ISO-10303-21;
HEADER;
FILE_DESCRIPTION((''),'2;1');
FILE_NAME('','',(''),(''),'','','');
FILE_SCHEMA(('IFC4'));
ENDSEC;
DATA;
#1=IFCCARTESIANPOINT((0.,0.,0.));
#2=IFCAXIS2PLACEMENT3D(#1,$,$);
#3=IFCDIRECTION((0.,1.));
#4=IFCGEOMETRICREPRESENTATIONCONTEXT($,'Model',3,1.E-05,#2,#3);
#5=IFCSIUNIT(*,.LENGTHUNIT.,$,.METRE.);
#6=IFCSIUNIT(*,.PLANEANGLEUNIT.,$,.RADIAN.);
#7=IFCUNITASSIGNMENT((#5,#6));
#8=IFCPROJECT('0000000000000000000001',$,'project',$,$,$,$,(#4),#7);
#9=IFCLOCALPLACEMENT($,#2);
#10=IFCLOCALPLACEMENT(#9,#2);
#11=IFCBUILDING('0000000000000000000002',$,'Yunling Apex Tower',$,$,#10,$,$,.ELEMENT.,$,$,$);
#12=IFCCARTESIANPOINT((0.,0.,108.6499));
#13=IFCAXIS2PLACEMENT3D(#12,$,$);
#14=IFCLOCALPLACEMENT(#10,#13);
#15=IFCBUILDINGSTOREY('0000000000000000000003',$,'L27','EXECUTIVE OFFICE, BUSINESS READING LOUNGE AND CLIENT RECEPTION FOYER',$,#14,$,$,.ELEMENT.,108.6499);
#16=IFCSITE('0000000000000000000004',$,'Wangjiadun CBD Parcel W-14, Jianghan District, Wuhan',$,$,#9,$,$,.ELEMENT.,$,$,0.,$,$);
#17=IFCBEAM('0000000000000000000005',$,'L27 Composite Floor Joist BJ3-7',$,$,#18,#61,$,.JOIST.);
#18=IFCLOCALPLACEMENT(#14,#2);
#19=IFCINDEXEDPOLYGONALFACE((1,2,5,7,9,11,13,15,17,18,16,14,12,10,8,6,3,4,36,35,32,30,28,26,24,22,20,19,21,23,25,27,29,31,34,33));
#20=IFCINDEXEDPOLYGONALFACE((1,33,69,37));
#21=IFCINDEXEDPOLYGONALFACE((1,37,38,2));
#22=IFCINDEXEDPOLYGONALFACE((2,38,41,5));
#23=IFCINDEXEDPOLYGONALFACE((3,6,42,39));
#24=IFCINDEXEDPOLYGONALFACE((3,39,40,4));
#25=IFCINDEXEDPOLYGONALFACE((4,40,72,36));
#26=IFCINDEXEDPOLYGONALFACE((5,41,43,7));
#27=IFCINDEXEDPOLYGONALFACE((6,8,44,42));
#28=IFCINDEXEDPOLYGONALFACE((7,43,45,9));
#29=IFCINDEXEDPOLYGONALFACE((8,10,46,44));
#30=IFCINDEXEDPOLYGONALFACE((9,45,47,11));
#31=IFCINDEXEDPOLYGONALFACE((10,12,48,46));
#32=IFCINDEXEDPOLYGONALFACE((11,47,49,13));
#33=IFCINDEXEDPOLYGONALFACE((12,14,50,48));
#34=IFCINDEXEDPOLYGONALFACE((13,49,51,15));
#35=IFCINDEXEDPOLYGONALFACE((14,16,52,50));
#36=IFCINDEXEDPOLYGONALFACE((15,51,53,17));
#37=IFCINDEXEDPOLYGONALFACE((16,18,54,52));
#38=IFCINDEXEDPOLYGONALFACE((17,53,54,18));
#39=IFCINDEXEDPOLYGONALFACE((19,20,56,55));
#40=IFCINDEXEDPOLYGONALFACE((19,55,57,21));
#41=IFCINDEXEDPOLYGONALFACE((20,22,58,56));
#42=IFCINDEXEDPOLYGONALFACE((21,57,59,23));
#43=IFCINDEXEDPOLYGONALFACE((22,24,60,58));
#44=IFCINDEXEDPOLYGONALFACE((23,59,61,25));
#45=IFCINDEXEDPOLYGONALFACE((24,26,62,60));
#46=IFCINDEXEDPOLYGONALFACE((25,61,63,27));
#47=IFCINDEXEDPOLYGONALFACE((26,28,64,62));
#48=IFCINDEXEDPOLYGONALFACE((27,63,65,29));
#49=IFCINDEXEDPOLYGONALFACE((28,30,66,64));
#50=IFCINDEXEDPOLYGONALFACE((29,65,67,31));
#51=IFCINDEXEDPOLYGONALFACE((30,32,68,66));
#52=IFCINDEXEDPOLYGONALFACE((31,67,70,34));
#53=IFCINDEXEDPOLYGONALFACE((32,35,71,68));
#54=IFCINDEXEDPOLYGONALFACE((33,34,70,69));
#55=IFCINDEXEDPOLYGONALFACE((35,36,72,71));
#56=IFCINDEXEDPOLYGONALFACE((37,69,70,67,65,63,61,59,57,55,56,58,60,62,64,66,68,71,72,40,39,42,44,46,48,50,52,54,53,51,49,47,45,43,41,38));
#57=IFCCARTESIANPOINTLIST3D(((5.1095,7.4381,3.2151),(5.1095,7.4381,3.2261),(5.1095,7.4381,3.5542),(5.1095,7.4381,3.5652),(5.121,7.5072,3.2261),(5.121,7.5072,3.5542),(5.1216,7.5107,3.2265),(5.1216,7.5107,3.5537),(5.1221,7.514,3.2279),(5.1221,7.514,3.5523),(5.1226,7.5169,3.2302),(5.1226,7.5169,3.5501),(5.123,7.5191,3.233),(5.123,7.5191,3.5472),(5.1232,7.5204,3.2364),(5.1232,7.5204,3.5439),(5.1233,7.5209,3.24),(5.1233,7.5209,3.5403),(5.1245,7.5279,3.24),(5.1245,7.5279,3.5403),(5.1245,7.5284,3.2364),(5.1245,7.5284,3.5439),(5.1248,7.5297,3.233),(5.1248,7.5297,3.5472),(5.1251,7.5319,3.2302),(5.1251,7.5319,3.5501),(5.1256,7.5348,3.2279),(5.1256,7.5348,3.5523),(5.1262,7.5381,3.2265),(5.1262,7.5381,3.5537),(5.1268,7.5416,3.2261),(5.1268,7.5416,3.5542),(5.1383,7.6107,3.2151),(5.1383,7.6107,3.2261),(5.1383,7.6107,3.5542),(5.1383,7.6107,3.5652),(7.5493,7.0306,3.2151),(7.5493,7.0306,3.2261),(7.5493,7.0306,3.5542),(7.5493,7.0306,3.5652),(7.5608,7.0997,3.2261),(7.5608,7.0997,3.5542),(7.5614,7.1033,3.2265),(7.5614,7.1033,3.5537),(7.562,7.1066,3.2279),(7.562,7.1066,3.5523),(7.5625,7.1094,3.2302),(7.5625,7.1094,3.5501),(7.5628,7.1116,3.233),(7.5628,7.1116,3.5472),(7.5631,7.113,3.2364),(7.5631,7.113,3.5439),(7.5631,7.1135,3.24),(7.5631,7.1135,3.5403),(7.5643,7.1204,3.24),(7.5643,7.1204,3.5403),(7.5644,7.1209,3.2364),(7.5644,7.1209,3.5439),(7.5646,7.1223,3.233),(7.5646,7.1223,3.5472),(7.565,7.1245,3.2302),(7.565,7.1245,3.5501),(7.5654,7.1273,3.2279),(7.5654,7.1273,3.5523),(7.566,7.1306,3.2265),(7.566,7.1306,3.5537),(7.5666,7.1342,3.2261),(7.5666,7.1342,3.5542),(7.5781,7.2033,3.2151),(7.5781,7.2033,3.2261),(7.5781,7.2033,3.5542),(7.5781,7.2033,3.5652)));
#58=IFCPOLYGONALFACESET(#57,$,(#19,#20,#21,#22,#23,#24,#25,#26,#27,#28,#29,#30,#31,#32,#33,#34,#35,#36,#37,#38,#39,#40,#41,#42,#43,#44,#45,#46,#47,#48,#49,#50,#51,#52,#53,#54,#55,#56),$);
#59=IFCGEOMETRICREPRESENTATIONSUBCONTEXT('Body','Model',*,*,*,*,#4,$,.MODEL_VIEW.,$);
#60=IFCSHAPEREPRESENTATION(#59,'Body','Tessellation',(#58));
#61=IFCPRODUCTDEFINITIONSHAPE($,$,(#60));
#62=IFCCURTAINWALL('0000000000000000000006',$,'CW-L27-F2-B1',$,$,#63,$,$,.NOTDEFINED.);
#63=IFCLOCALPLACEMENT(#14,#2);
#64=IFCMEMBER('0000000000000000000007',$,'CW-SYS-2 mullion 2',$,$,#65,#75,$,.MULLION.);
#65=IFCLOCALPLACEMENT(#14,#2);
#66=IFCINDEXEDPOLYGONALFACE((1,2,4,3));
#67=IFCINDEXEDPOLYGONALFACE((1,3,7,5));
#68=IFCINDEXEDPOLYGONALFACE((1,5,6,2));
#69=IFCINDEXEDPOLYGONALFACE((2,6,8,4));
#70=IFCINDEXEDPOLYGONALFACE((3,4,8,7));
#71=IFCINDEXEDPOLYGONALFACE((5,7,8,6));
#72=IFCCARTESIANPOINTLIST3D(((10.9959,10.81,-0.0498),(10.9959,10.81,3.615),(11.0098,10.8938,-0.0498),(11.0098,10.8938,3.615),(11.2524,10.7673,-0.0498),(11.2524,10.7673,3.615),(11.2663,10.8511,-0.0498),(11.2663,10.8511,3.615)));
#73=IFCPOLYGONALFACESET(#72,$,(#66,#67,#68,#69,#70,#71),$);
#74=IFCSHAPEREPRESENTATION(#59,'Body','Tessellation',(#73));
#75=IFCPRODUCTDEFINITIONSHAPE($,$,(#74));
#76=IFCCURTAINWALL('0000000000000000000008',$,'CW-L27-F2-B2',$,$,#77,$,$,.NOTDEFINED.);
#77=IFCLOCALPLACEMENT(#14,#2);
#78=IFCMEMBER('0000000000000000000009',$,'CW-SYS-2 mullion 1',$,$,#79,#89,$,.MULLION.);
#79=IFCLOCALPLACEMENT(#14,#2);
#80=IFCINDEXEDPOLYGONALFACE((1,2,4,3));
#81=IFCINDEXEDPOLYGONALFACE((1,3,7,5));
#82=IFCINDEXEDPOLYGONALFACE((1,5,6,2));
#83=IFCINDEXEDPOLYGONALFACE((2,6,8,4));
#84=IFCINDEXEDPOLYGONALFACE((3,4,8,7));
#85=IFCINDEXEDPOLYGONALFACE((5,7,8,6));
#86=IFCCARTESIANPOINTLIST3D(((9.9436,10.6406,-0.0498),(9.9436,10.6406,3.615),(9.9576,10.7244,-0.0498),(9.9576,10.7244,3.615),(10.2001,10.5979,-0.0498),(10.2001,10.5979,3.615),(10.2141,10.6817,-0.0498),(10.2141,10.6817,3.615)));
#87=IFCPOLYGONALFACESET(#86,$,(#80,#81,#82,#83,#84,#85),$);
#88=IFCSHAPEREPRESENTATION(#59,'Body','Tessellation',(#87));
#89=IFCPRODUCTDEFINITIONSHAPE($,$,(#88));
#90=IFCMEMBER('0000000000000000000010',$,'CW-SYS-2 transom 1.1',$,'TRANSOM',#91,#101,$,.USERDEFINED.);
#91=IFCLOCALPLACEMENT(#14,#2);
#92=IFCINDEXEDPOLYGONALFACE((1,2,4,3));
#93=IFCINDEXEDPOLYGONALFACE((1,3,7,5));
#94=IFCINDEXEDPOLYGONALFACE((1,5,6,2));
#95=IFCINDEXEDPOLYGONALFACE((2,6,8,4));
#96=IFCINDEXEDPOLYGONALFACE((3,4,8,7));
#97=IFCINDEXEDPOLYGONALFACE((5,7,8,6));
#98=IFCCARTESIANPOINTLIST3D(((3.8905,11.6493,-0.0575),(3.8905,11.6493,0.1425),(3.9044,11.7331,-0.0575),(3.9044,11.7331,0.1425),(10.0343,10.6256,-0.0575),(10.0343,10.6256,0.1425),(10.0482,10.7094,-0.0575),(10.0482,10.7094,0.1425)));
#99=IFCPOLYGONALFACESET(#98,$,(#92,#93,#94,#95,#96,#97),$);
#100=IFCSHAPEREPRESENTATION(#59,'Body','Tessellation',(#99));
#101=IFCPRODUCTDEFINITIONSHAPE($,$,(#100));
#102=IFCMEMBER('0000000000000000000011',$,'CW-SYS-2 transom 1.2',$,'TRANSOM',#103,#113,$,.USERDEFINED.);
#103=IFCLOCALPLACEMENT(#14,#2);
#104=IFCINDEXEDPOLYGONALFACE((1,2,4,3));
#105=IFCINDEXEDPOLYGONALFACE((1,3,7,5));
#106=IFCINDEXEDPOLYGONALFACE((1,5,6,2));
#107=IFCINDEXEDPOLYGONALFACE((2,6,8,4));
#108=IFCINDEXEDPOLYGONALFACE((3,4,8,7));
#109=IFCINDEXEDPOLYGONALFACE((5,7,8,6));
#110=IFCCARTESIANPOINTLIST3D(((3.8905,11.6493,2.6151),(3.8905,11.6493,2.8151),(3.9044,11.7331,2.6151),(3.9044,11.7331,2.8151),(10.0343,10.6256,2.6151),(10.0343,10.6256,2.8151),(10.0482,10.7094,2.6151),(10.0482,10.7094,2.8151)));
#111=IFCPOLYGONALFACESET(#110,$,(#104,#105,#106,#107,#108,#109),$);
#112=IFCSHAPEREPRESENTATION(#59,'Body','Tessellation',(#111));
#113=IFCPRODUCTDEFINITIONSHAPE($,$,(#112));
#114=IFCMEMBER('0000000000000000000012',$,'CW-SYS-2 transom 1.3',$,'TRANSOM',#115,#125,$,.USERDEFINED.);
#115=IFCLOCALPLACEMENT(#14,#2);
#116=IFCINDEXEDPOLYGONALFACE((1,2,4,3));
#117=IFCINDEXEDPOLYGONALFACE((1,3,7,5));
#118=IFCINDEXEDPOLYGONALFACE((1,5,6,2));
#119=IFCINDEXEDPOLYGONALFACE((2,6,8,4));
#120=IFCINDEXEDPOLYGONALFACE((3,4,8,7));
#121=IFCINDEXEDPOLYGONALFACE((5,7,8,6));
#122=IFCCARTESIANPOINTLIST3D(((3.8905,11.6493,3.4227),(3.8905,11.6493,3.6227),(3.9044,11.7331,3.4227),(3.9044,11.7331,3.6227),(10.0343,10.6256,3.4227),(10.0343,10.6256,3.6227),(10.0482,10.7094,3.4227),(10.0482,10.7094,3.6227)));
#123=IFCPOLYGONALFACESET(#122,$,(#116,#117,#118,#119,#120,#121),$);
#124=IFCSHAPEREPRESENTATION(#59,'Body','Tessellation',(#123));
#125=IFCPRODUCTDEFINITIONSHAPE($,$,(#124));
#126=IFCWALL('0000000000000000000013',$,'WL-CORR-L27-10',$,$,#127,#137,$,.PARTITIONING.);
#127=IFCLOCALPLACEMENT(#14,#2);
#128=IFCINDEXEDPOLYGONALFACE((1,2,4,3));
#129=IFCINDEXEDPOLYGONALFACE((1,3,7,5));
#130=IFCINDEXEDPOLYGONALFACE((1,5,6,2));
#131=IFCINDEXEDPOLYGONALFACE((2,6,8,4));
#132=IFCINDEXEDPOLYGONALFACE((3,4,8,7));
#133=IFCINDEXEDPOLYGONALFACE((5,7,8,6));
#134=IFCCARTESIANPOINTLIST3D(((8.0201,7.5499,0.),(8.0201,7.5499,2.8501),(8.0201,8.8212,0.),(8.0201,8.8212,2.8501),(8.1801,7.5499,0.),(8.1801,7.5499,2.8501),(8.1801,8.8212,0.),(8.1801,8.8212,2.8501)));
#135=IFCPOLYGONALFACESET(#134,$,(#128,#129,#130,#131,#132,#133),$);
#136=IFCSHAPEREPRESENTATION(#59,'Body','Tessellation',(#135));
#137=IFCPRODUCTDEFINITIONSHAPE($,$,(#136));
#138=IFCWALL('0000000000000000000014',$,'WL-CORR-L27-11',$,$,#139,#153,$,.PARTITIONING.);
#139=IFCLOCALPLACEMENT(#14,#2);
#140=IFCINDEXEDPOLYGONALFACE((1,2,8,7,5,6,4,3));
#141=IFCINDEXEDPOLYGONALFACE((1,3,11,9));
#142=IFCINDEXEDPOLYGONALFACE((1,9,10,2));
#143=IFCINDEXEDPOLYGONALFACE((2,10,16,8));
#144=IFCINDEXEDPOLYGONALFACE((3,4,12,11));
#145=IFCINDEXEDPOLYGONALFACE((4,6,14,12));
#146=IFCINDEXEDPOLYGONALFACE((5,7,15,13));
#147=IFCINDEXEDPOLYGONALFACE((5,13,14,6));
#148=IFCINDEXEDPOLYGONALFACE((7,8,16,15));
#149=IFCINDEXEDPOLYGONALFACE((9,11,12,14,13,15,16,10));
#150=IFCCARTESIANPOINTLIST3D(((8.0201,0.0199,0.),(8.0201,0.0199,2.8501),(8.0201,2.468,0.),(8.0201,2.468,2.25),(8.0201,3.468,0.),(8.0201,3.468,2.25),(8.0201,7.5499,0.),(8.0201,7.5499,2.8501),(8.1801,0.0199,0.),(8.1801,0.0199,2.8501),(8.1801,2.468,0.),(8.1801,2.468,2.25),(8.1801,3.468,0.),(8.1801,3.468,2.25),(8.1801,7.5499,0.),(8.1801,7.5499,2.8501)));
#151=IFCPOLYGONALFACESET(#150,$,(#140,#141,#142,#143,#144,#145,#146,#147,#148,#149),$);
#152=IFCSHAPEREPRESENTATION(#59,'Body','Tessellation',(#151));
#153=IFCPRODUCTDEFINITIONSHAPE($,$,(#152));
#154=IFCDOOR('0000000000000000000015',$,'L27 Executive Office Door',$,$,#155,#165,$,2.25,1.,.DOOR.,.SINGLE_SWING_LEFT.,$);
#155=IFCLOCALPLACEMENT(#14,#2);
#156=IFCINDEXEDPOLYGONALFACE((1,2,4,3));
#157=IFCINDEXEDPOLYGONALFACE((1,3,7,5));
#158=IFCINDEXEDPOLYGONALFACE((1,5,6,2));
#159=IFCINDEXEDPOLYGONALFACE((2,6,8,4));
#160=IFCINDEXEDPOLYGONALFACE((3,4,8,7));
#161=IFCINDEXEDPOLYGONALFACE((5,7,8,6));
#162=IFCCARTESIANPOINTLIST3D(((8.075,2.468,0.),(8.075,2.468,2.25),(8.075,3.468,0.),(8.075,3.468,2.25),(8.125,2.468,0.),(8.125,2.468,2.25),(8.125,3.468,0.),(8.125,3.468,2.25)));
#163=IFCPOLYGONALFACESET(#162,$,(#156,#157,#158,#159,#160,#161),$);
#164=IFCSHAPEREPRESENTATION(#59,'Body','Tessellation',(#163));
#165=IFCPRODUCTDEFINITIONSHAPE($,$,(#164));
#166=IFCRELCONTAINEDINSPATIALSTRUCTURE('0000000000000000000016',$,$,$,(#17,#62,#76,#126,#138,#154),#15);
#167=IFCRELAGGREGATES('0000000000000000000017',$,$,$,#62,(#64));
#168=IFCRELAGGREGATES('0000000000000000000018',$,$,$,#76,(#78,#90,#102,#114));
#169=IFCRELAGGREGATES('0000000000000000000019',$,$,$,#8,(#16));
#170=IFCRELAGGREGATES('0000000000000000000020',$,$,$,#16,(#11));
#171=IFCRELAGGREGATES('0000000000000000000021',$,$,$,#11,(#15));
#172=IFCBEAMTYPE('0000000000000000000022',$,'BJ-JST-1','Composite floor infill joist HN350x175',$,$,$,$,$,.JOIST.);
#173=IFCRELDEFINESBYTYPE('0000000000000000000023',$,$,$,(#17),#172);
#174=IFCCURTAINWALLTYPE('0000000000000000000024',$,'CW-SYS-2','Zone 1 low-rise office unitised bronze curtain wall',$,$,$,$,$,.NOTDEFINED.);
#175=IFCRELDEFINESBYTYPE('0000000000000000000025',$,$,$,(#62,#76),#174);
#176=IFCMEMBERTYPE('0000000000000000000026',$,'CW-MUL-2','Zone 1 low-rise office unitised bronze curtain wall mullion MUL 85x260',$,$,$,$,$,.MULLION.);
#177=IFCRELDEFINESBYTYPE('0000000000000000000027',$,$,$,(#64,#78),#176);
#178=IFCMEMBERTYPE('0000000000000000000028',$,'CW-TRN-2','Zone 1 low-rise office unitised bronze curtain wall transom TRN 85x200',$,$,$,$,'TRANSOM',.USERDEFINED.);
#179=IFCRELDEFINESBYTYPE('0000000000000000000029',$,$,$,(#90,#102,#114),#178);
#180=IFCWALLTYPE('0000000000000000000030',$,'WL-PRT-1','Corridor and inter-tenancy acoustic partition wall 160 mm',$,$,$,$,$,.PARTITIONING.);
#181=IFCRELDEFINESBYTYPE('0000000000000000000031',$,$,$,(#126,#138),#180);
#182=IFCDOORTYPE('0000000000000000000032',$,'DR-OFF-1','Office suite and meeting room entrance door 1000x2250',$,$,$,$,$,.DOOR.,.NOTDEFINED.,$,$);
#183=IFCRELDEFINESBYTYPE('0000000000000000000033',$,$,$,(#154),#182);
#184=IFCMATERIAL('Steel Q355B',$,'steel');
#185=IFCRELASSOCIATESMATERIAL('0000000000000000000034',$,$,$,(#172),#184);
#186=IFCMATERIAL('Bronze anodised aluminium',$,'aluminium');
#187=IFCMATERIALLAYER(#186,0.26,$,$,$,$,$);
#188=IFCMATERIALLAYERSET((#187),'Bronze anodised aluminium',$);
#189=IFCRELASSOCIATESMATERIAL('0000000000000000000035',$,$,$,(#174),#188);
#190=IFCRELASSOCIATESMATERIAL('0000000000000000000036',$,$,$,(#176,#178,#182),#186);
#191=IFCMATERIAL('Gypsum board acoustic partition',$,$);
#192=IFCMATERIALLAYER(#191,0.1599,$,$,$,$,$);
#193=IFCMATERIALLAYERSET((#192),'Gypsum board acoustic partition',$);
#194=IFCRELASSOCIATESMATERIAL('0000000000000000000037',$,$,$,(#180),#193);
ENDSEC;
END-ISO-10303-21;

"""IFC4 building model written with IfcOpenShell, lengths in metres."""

from ifc_helpers import new_model, si_unit, direction, frame, frame_2d, origin, origin_2d, place, context, subcontext, project, spatial, rectangle, i_section, extrude, source, transform, mapped, material, layer, layer_set, material_profile, profile_set, type_object, element, fill, aggregate, save


model = new_model("IFC4")

# Units and contexts
model_context = context("Model", 3, precision=1e-05, world=origin(), true_north=direction((0.0, 1.0)))
body_context = subcontext(model_context, "Body", "Model", "MODEL_VIEW")
ifc_project = project(units=[si_unit("LENGTHUNIT", "METRE"), si_unit("PLANEANGLEUNIT", "RADIAN")], contexts=[model_context])

# Site, building, storey
site_placement = place(None, origin())
site = spatial("IfcSite", under=ifc_project, at=site_placement, Name="Wangjiadun CBD Parcel W-14, Jianghan District, Wuhan", CompositionType="ELEMENT", RefElevation=0.0)
building_placement = place(site_placement, origin())
building = spatial("IfcBuilding", under=site, at=building_placement, Name="Yunling Apex Tower", CompositionType="ELEMENT")
storey_placement = place(building_placement, frame((0.0, 0.0, 108.6499)))
storey = spatial("IfcBuildingStorey", under=building, at=storey_placement, Name="L27", Description="EXECUTIVE OFFICE, BUSINESS READING LOUNGE AND CLIENT RECEPTION FOYER", CompositionType="ELEMENT", Elevation=108.6499)

# Beam
ifc_material_1 = material(Name="Steel Q355B", Category="steel")
ifc_material_profile_1 = material_profile(ifc_material_1, i_section(OverallWidth=0.175, OverallDepth=0.3501, WebThickness=0.0071, FlangeThickness=0.011, FilletRadius=0.0139, at=origin_2d()))
ifc_profile_set_1 = profile_set([ifc_material_profile_1], Name="Steel Q355B")
beam_type_1 = type_object("IfcBeamType", Name="BJ-JST-1", Description="Composite floor infill joist HN350x175", PredefinedType="JOIST", material=ifc_profile_set_1)
shared_shape_1 = source(origin(), body_context, "Body", "SweptSolid", [
    extrude(i_section(OverallWidth=0.175, OverallDepth=0.3501, WebThickness=0.0071, FlangeThickness=0.011, FilletRadius=0.0139, at=origin_2d()), origin(), (0.0, 0.0, 1.0), 2.4736),
])
beam_1_placement = place(storey_placement, frame((7.5637, 7.1169, 3.3901), z_axis=(-0.986341, 0.164719, 0.0), x_axis=(-0.164719, -0.986341, 0.0)))
element("IfcBeam", 1, at=beam_1_placement, inside=storey, type_object=beam_type_1, Name="L27 Composite Floor Joist BJ3-7", PredefinedType="JOIST", context=body_context, shape_type="MappedRepresentation", body=[
    mapped(shared_shape_1, transform((0.0, 0.0, 0.0), scale=1.0)),
])

# Curtain wall, member
ifc_material_2 = material(Name="Bronze anodised aluminium", Category="aluminium")
ifc_layer_1 = layer(ifc_material_2, 0.26)
ifc_layer_set_1 = layer_set([ifc_layer_1], Name="Bronze anodised aluminium")
curtain_wall_type = type_object("IfcCurtainWallType", Name="CW-SYS-2", Description="Zone 1 low-rise office unitised bronze curtain wall", PredefinedType="NOTDEFINED", material=ifc_layer_set_1)
curtain_wall_1_placement = place(storey_placement, origin())
curtain_wall_1 = element("IfcCurtainWall", 2, at=curtain_wall_1_placement, inside=storey, type_object=curtain_wall_type, Name="CW-L27-F2-B1", PredefinedType="NOTDEFINED")
ifc_material_profile_2 = material_profile(ifc_material_2, rectangle(XDim=0.085, YDim=0.26, at=origin_2d()))
ifc_profile_set_2 = profile_set([ifc_material_profile_2], Name="Bronze anodised aluminium")
member_type_1 = type_object("IfcMemberType", Name="CW-MUL-2", Description="Zone 1 low-rise office unitised bronze curtain wall mullion MUL 85x260", PredefinedType="MULLION", material=ifc_profile_set_2)
shared_shape_2 = source(origin(), body_context, "Body", "SweptSolid", [
    extrude(rectangle(XDim=0.085, YDim=0.26, at=origin_2d()), origin(), (0.0, 0.0, 1.0), 3.6648),
])
member_1_placement = place(storey_placement, frame((11.1311, 10.8306, -0.0498), z_axis=(0.0, 0.0, 1.0), x_axis=(-0.16436, -0.9864, 0.0)))
member_1 = element("IfcMember", 3, at=member_1_placement, type_object=member_type_1, Name="CW-SYS-2 mullion 2", PredefinedType="MULLION", context=body_context, shape_type="MappedRepresentation", body=[
    mapped(shared_shape_2, transform((0.0, 0.0, 0.0), scale=1.0)),
])
aggregate(curtain_wall_1, [member_1])

# Curtain wall, members
curtain_wall_2_placement = place(storey_placement, origin())
curtain_wall_2 = element("IfcCurtainWall", 4, at=curtain_wall_2_placement, inside=storey, type_object=curtain_wall_type, Name="CW-L27-F2-B2", PredefinedType="NOTDEFINED")
member_2_placement = place(storey_placement, frame((10.0789, 10.6611, -0.0498), z_axis=(0.0, 0.0, 1.0), x_axis=(-0.164356, -0.986401, 0.0)))
member_2 = element("IfcMember", 5, at=member_2_placement, type_object=member_type_1, Name="CW-SYS-2 mullion 1", PredefinedType="MULLION", context=body_context, shape_type="MappedRepresentation", body=[
    mapped(shared_shape_2, transform((0.0, 0.0, 0.0), scale=1.0)),
])
ifc_material_profile_3 = material_profile(ifc_material_2, rectangle(XDim=0.085, YDim=0.2, at=origin_2d()))
ifc_profile_set_3 = profile_set([ifc_material_profile_3], Name="Bronze anodised aluminium")
member_type_2 = type_object("IfcMemberType", Name="CW-TRN-2", Description="Zone 1 low-rise office unitised bronze curtain wall transom TRN 85x200", ElementType="TRANSOM", PredefinedType="USERDEFINED", material=ifc_profile_set_3)
shared_shape_3 = source(origin(), body_context, "Body", "SweptSolid", [
    extrude(rectangle(XDim=0.085, YDim=0.2, at=origin_2d()), origin(), (0.0, 0.0, 1.0), 6.2285),
])
member_3_placement = place(storey_placement, frame((10.0413, 10.6675, 0.0425), z_axis=(-0.986401, 0.164354, 0.0), x_axis=(-0.164354, -0.986401, 0.0)))
member_3 = element("IfcMember", 6, at=member_3_placement, type_object=member_type_2, Name="CW-SYS-2 transom 1.1", ObjectType="TRANSOM", PredefinedType="USERDEFINED", context=body_context, shape_type="MappedRepresentation", body=[
    mapped(shared_shape_3, transform((0.0, 0.0, 0.0), scale=1.0)),
])
member_4_placement = place(storey_placement, frame((10.0413, 10.6675, 2.7151), z_axis=(-0.986401, 0.164354, 0.0), x_axis=(-0.164354, -0.986401, 0.0)))
member_4 = element("IfcMember", 7, at=member_4_placement, type_object=member_type_2, Name="CW-SYS-2 transom 1.2", ObjectType="TRANSOM", PredefinedType="USERDEFINED", context=body_context, shape_type="MappedRepresentation", body=[
    mapped(shared_shape_3, transform((0.0, 0.0, 0.0), scale=1.0)),
])
member_5_placement = place(storey_placement, frame((10.0413, 10.6675, 3.5227), z_axis=(-0.986401, 0.164354, 0.0), x_axis=(-0.164354, -0.986401, 0.0)))
member_5 = element("IfcMember", 8, at=member_5_placement, type_object=member_type_2, Name="CW-SYS-2 transom 1.3", ObjectType="TRANSOM", PredefinedType="USERDEFINED", context=body_context, shape_type="MappedRepresentation", body=[
    mapped(shared_shape_3, transform((0.0, 0.0, 0.0), scale=1.0)),
])
aggregate(curtain_wall_2, [member_2, member_3, member_4, member_5])

# Wall
ifc_material_3 = material(Name="Gypsum board acoustic partition")
ifc_layer_2 = layer(ifc_material_3, 0.1599)
ifc_layer_set_2 = layer_set([ifc_layer_2], Name="Gypsum board acoustic partition")
wall_type_1 = type_object("IfcWallType", Name="WL-PRT-1", Description="Corridor and inter-tenancy acoustic partition wall 160 mm", PredefinedType="PARTITIONING", material=ifc_layer_set_2)
wall_1_placement = place(storey_placement, frame((8.1001, 8.8213, 0.0), z_axis=(0.0, 0.0, 1.0), x_axis=(0.0, -1.0, 0.0)))
element("IfcWall", 9, at=wall_1_placement, inside=storey, type_object=wall_type_1, Name="WL-CORR-L27-10", PredefinedType="PARTITIONING", context=body_context, shape_type="SweptSolid", body=[
    extrude(rectangle(XDim=1.2712, YDim=0.1599, at=frame_2d((0.6357, 0.0))), origin(), (0.0, 0.0, 1.0), 2.8501),
])

# Wall, opening, door
wall_2_placement = place(storey_placement, frame((8.1001, 7.55, 0.0), z_axis=(0.0, 0.0, 1.0), x_axis=(0.0, -1.0, 0.0)))
wall_2 = element("IfcWall", 10, at=wall_2_placement, inside=storey, type_object=wall_type_1, Name="WL-CORR-L27-11", PredefinedType="PARTITIONING", context=body_context, shape_type="SweptSolid", body=[
    extrude(rectangle(XDim=7.53, YDim=0.1599, at=frame_2d((3.7651, 0.0))), origin(), (0.0, 0.0, 1.0), 2.8501),
])
opening_1_placement = place(wall_2_placement, frame((4.082, 0.0, 0.0)))
opening_1 = element("IfcOpeningElement", 11, at=opening_1_placement, cuts=wall_2, PredefinedType="OPENING", context=body_context, shape_type="SweptSolid", body=[
    extrude(rectangle(XDim=1.0, YDim=2.25, at=frame_2d((0.5, 1.125))), frame((0.0, 0.0898, 0.0), z_axis=(0.0, -1.0, 0.0), x_axis=(1.0, 0.0, 0.0)), (0.0, 0.0, 1.0), 0.1799),
])
door_type = type_object("IfcDoorType", Name="DR-OFF-1", Description="Office suite and meeting room entrance door 1000x2250", OperationType="NOTDEFINED", PredefinedType="DOOR", material=ifc_material_2)
door_1_placement = place(opening_1_placement, origin())
door_1 = element("IfcDoor", 12, at=door_1_placement, inside=storey, type_object=door_type, Name="L27 Executive Office Door", OperationType="SINGLE_SWING_LEFT", OverallHeight=2.25, OverallWidth=1.0, PredefinedType="DOOR", context=body_context, shape_type="SweptSolid", body=[
    extrude(rectangle(XDim=1.0, YDim=2.25, at=frame_2d((0.5, 1.125))), frame((0.0, 0.0249, 0.0), z_axis=(0.0, -1.0, 0.0), x_axis=(1.0, 0.0, 0.0)), (0.0, 0.0, 1.0), 0.05),
])
fill(opening_1, door_1)

save(model, "model.ifc")
